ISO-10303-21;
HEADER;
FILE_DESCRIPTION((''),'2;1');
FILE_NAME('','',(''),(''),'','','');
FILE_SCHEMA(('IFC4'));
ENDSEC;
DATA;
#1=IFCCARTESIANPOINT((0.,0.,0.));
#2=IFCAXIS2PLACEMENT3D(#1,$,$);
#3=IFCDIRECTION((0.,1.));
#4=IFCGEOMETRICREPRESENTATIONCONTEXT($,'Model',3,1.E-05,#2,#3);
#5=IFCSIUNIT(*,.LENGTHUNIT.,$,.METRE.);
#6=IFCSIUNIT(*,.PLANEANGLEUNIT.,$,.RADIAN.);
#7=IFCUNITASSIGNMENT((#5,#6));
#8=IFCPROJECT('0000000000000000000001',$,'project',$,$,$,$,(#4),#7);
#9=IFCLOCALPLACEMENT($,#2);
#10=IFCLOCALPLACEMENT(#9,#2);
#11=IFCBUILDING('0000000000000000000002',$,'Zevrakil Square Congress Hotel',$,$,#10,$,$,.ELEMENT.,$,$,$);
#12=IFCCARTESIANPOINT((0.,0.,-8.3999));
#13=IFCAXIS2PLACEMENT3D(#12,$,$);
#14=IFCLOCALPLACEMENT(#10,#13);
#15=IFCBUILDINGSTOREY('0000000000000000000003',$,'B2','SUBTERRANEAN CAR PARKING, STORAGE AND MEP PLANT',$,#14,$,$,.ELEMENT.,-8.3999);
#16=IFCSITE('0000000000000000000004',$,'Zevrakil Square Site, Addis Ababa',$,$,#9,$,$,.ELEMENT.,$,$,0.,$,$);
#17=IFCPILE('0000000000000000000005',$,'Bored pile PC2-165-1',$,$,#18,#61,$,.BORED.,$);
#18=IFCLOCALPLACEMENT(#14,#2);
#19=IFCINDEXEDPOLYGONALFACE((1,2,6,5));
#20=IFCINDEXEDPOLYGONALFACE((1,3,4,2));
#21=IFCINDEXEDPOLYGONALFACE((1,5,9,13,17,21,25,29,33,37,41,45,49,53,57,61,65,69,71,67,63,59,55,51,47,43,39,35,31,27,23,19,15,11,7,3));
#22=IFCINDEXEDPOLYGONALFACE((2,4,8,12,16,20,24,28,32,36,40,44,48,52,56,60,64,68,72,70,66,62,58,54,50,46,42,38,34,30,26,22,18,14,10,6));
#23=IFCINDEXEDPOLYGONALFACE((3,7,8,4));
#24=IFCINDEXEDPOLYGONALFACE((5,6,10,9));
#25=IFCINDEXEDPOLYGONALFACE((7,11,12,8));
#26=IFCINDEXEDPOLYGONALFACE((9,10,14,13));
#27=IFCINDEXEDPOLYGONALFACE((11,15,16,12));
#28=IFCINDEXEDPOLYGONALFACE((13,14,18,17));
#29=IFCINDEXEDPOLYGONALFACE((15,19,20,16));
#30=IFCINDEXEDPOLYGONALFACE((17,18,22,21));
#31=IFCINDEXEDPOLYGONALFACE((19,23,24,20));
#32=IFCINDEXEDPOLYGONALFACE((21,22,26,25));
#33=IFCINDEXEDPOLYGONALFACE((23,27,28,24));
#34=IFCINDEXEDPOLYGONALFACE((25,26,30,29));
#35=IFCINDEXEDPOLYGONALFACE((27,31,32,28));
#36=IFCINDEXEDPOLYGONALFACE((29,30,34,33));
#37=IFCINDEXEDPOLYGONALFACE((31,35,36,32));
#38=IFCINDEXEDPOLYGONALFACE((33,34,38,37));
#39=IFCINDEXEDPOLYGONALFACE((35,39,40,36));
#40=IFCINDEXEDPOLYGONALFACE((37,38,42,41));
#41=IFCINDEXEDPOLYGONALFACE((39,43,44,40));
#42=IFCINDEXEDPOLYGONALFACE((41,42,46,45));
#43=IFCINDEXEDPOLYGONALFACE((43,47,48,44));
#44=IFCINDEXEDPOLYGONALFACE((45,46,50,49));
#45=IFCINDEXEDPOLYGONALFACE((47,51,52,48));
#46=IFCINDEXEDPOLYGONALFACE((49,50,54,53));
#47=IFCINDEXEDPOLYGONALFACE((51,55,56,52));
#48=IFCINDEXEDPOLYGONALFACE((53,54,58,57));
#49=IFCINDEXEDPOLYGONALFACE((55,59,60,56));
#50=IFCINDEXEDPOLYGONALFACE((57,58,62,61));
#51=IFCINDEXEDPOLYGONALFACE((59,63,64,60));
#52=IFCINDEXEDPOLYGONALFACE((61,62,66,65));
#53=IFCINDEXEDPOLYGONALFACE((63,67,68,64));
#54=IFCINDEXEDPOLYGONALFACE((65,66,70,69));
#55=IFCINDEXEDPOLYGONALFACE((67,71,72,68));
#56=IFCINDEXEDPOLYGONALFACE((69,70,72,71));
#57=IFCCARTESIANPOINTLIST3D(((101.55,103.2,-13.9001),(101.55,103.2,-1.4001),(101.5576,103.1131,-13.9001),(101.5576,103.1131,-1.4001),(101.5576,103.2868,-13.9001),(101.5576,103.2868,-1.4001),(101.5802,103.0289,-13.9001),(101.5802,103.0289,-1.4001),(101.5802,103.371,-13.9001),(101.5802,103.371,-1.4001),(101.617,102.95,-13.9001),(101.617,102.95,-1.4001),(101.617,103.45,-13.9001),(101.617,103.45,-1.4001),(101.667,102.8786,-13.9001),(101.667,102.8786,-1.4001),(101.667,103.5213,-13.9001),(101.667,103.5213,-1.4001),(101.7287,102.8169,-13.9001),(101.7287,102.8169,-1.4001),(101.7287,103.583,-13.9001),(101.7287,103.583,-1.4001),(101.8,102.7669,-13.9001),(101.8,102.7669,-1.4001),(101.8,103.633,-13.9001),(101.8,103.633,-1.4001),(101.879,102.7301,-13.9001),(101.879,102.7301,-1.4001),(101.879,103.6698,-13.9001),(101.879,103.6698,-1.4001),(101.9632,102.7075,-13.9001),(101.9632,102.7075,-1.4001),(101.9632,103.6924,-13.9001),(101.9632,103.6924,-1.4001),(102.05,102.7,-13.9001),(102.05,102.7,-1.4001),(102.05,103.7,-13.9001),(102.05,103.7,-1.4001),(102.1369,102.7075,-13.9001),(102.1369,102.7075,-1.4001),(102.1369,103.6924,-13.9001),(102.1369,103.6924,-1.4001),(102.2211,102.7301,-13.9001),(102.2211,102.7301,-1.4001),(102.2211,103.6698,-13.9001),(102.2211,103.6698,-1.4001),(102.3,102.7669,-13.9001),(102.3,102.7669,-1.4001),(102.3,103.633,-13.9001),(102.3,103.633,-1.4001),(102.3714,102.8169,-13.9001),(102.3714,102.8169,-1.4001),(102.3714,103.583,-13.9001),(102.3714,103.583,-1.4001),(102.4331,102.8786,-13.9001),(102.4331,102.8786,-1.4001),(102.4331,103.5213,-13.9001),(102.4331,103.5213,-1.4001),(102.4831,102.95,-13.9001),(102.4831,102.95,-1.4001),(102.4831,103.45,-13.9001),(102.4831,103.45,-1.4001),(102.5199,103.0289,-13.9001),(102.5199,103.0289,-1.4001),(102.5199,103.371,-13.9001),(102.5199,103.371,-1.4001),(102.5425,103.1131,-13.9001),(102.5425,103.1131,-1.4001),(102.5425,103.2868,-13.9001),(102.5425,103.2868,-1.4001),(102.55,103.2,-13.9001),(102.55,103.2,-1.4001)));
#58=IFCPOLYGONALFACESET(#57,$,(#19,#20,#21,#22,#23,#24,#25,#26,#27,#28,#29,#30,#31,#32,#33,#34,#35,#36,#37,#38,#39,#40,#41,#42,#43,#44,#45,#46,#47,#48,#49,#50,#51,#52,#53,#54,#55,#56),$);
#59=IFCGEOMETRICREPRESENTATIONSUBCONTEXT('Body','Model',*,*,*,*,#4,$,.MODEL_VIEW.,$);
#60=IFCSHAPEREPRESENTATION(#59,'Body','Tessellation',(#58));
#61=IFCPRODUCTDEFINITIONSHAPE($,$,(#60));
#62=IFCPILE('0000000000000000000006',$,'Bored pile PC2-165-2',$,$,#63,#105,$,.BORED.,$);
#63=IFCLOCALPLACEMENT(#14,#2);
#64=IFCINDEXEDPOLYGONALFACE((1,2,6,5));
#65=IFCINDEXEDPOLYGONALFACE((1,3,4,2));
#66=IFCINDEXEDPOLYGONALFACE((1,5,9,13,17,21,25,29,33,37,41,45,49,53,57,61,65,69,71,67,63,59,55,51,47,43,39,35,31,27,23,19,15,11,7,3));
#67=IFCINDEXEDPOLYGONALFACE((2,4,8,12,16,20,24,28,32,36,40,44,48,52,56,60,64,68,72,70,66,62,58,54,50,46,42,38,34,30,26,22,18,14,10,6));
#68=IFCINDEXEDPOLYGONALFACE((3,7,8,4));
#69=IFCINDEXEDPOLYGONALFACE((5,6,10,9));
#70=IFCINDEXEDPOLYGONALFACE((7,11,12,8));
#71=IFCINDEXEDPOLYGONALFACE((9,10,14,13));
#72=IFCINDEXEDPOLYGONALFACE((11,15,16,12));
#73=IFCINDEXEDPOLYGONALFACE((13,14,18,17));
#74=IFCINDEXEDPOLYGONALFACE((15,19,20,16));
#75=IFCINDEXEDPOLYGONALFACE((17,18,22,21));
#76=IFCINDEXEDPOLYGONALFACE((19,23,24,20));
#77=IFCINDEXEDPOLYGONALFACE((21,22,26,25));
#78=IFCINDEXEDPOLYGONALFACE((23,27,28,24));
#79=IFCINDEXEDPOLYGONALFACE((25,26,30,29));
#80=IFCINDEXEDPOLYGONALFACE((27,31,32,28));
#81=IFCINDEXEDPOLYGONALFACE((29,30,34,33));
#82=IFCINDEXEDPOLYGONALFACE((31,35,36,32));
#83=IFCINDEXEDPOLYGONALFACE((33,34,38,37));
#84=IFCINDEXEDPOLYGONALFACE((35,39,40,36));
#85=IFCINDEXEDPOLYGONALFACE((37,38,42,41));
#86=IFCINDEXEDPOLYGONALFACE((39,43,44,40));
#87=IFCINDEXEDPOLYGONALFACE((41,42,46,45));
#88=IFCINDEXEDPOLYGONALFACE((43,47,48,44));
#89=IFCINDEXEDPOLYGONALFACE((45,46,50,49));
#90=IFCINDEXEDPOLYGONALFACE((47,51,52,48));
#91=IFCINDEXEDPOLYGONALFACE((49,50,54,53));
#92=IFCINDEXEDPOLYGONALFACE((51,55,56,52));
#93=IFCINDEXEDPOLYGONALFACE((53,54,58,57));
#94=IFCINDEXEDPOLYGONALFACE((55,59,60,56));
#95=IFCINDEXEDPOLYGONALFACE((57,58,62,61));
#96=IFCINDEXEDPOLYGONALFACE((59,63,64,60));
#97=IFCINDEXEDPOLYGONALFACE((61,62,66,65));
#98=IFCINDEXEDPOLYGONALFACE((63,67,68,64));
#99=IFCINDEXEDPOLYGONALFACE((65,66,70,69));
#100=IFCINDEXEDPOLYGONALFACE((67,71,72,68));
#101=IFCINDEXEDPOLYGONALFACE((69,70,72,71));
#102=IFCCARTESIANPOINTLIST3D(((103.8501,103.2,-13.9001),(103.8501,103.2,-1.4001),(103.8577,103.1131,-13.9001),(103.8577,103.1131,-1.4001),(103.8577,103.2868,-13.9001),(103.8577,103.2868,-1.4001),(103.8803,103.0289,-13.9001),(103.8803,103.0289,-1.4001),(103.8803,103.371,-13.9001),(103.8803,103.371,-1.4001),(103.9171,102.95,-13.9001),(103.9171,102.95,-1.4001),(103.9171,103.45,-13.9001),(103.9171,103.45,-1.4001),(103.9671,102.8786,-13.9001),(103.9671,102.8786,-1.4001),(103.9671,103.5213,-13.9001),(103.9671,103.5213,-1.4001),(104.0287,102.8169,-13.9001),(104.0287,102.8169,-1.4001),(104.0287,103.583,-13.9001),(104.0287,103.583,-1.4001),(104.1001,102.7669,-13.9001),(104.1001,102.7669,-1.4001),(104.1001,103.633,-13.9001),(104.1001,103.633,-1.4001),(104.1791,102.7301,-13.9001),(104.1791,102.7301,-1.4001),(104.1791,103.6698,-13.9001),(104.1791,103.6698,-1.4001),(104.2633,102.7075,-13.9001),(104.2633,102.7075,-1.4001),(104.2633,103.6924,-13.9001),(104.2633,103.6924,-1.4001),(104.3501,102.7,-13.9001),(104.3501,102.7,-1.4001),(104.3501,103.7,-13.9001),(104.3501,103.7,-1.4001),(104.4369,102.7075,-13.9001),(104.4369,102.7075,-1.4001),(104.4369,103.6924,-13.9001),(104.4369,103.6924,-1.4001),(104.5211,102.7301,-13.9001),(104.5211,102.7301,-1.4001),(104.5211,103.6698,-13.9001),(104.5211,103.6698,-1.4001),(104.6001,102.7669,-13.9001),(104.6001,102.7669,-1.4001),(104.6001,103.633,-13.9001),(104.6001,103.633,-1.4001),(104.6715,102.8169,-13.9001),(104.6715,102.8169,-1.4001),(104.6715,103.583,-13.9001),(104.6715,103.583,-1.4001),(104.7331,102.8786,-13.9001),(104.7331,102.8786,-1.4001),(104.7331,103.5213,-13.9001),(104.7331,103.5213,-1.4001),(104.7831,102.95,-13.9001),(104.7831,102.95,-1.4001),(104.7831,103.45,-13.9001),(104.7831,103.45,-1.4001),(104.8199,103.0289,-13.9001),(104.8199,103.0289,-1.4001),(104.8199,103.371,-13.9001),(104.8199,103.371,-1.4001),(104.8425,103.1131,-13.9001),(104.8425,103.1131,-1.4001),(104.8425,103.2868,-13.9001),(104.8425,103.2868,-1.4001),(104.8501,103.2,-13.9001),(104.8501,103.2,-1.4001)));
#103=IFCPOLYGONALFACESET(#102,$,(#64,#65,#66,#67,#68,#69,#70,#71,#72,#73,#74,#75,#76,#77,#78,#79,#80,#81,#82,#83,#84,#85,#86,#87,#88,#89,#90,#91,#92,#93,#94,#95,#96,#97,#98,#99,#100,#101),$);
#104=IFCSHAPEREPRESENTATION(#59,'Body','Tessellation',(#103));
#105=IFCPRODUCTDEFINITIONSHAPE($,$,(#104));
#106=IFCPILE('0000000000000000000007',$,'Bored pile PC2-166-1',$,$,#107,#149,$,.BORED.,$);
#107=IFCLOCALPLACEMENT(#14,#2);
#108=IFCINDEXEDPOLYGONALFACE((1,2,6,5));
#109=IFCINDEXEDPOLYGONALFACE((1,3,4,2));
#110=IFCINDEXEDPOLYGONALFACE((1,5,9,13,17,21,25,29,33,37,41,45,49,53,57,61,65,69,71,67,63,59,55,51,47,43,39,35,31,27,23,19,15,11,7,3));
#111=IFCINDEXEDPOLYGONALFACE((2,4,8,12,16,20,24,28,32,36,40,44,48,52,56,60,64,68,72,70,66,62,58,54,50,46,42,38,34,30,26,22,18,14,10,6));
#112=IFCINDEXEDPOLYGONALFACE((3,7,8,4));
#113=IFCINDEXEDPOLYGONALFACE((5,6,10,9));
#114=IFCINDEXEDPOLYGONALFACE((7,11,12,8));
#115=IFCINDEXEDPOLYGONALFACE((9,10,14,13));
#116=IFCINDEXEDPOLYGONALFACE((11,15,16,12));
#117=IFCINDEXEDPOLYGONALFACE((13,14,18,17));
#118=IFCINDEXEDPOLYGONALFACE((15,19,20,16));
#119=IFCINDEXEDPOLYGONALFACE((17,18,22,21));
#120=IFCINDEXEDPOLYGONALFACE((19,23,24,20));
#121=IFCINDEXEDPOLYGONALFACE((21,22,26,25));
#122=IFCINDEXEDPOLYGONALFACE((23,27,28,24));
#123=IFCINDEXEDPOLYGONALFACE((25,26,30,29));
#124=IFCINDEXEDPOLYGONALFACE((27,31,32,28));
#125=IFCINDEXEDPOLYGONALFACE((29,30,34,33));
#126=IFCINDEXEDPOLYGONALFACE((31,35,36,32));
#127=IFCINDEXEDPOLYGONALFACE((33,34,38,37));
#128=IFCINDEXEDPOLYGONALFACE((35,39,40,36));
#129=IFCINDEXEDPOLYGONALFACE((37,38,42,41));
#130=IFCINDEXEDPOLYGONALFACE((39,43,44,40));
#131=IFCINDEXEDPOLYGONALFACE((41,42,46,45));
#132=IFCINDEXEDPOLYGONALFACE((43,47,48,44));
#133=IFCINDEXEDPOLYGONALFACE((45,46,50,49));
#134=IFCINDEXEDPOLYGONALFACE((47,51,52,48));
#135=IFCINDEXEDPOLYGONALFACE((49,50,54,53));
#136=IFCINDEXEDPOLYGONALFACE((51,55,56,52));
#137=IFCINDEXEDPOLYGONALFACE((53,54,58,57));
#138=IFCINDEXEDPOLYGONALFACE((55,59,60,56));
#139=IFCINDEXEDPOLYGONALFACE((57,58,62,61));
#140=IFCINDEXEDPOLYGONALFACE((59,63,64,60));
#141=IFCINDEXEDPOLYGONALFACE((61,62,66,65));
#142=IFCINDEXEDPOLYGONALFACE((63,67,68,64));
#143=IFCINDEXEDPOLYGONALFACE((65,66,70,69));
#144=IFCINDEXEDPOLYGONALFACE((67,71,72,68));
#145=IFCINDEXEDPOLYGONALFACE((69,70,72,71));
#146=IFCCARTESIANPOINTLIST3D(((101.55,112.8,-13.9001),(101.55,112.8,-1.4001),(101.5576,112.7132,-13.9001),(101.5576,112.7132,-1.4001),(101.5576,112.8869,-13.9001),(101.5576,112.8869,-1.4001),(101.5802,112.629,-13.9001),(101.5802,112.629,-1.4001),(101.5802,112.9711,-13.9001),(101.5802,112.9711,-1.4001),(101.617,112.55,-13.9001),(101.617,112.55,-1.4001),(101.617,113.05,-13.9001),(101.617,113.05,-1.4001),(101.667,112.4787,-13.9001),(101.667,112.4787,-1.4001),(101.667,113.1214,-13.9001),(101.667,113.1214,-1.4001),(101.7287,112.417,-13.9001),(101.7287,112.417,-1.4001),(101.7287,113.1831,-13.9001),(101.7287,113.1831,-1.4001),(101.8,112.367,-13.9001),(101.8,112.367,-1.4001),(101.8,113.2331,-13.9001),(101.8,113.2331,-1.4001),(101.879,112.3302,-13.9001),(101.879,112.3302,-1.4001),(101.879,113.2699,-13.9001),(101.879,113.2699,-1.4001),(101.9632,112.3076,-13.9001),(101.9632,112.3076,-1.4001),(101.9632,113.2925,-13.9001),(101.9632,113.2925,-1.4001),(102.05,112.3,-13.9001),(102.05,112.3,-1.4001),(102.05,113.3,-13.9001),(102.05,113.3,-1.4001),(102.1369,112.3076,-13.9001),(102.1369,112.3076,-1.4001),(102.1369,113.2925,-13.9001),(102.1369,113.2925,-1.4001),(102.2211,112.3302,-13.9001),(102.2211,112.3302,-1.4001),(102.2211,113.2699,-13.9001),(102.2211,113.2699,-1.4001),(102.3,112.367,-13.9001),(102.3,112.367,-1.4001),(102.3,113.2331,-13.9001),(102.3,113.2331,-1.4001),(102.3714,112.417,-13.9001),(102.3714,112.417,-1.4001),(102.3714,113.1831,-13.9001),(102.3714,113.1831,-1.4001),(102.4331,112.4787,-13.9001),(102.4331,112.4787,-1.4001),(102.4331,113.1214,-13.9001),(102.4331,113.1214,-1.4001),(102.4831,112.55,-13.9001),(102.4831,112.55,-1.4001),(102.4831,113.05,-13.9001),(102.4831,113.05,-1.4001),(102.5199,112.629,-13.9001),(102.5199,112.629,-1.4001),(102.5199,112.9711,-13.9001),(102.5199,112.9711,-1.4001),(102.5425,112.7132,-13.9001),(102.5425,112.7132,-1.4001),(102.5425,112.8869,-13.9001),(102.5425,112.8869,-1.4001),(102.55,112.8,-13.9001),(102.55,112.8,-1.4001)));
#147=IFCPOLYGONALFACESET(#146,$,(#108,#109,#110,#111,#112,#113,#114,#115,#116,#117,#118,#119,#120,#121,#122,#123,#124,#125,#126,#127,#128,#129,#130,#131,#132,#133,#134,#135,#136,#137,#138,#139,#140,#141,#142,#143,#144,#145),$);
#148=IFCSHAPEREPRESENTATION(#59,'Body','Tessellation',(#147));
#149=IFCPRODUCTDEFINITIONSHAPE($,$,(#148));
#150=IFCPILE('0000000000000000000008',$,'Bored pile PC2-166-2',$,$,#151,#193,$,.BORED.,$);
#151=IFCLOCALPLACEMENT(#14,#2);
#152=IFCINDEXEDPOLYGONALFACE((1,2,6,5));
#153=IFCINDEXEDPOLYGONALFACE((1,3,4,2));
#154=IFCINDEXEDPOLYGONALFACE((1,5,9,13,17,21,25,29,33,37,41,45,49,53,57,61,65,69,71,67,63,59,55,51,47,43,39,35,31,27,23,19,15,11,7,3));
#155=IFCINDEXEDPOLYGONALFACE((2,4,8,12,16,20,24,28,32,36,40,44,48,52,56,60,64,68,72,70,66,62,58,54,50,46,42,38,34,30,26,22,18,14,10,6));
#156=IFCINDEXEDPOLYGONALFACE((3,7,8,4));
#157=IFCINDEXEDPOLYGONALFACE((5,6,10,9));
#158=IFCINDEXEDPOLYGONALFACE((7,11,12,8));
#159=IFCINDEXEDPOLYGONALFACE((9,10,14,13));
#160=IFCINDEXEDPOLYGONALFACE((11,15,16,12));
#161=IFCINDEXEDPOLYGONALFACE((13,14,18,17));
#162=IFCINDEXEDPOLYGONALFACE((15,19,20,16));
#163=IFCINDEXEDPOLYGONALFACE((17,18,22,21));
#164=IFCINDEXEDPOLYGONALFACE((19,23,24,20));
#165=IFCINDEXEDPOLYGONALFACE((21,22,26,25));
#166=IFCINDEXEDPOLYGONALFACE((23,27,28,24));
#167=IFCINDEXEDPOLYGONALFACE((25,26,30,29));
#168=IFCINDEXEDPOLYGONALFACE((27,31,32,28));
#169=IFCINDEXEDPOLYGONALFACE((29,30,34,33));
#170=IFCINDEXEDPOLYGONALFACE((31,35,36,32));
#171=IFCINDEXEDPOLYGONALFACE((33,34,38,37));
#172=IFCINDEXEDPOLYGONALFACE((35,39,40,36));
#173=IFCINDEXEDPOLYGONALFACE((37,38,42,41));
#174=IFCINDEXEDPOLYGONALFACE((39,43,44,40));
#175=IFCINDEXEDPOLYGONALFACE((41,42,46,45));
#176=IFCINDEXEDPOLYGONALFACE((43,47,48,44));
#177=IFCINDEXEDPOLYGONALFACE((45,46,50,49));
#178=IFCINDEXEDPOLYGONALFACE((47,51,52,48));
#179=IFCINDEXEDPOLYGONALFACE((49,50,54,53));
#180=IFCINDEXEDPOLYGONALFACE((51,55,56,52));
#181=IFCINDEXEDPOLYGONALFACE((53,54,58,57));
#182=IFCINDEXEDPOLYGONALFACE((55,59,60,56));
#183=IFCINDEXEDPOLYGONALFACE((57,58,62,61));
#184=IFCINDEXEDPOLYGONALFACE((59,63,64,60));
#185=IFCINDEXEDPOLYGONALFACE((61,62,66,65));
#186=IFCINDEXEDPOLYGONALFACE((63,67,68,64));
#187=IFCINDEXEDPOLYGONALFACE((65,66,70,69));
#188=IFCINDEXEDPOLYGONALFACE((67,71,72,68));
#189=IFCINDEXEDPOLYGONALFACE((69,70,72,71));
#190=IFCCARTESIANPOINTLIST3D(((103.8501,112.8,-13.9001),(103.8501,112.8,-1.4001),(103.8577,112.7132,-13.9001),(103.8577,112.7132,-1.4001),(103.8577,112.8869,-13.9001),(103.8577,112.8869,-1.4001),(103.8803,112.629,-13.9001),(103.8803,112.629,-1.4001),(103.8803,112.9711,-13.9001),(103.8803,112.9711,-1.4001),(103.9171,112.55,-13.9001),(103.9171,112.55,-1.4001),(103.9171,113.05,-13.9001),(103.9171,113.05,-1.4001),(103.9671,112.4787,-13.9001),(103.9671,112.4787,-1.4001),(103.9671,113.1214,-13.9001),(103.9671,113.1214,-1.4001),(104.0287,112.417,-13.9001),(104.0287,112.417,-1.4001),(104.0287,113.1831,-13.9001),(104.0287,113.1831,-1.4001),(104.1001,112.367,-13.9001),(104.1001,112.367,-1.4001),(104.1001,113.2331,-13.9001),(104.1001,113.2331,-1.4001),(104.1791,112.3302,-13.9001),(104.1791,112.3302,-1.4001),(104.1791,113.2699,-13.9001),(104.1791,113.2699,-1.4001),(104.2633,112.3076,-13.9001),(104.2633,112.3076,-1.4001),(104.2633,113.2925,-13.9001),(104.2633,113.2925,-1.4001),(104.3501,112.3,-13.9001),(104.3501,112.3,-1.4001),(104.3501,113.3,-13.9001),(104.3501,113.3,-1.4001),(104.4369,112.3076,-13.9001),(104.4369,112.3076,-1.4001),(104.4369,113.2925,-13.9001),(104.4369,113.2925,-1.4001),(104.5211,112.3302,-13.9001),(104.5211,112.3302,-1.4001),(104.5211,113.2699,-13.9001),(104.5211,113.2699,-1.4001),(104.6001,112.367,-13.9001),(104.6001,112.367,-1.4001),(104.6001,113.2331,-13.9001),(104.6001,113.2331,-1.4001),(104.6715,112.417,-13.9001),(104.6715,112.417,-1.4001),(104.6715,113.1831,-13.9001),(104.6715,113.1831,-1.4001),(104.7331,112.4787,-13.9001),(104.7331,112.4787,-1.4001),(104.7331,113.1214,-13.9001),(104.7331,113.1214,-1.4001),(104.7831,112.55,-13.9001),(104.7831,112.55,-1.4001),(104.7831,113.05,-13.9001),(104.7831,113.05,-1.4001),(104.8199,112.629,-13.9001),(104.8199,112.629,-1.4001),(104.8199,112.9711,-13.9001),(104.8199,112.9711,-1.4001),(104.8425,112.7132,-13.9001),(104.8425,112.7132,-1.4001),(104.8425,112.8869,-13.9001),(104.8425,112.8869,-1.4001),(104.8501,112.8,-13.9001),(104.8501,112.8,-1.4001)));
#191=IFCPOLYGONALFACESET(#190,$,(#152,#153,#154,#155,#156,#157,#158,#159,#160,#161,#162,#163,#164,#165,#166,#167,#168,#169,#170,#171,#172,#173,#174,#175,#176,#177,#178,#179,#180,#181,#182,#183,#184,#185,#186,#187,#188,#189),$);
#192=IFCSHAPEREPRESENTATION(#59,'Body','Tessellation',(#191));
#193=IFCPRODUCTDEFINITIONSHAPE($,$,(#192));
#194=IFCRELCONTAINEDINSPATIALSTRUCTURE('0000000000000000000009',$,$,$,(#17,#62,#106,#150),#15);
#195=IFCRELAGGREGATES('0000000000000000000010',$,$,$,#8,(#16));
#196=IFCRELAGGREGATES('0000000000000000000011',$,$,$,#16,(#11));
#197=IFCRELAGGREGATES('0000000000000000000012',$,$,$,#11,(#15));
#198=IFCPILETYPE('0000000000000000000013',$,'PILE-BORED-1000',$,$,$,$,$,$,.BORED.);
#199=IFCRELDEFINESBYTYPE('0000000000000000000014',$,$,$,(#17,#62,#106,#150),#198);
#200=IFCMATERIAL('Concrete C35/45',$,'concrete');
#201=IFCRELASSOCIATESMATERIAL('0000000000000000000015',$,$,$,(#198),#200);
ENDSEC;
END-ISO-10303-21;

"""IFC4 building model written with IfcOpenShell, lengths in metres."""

from ifc_helpers import new_model, si_unit, direction, frame, origin, origin_2d, place, context, subcontext, project, spatial, circle, extrude, material, material_profile, profile_set, type_object, element, save


model = new_model("IFC4")

# Units and contexts
model_context = context("Model", 3, precision=1e-05, world=origin(), true_north=direction((0.0, 1.0)))
body_context = subcontext(model_context, "Body", "Model", "MODEL_VIEW")
ifc_project = project(units=[si_unit("LENGTHUNIT", "METRE"), si_unit("PLANEANGLEUNIT", "RADIAN")], contexts=[model_context])

# Site, building, storey
site_placement = place(None, origin())
site = spatial("IfcSite", under=ifc_project, at=site_placement, Name="Zevrakil Square Site, Addis Ababa", CompositionType="ELEMENT", RefElevation=0.0)
building_placement = place(site_placement, origin())
building = spatial("IfcBuilding", under=site, at=building_placement, Name="Zevrakil Square Congress Hotel", CompositionType="ELEMENT")
storey_placement = place(building_placement, frame((0.0, 0.0, -8.3999)))
storey = spatial("IfcBuildingStorey", under=building, at=storey_placement, Name="B2", Description="SUBTERRANEAN CAR PARKING, STORAGE AND MEP PLANT", CompositionType="ELEMENT", Elevation=-8.3999)

# Piles
ifc_material_1 = material(Name="Concrete C35/45", Category="concrete")
ifc_material_profile_1 = material_profile(ifc_material_1, circle(Radius=0.5, at=origin_2d()), Name="PILE D1000")
ifc_profile_set_1 = profile_set([ifc_material_profile_1], Name="Concrete C35/45")
pile_type = type_object("IfcPileType", Name="PILE-BORED-1000", PredefinedType="BORED", material=ifc_profile_set_1)
for number, where, z_axis, x_axis, name in (
    (1, (102.05, 103.2, -1.4001), (0.0, 0.0, -1.0), (1.0, 0.0, 0.0), "Bored pile PC2-165-1"),
    (2, (104.3501, 103.2, -1.4001), (0.0, 0.0, -1.0), (1.0, 0.0, 0.0), "Bored pile PC2-165-2"),
    (3, (102.05, 112.8, -1.4001), (0.0, 0.0, -1.0), (1.0, 0.0, 0.0), "Bored pile PC2-166-1"),
    (4, (104.3501, 112.8, -1.4001), (0.0, 0.0, -1.0), (1.0, 0.0, 0.0), "Bored pile PC2-166-2"),
):
    element("IfcPile", number, at=place(storey_placement, frame(where, z_axis=z_axis, x_axis=x_axis)), inside=storey, type_object=pile_type, Name=name, PredefinedType="BORED", context=body_context, shape_type="SweptSolid", body=[
        extrude(circle(Radius=0.5, at=origin_2d()), origin(), (0.0, 0.0, 1.0), 12.5),
    ])

save(model, "model.ifc")
